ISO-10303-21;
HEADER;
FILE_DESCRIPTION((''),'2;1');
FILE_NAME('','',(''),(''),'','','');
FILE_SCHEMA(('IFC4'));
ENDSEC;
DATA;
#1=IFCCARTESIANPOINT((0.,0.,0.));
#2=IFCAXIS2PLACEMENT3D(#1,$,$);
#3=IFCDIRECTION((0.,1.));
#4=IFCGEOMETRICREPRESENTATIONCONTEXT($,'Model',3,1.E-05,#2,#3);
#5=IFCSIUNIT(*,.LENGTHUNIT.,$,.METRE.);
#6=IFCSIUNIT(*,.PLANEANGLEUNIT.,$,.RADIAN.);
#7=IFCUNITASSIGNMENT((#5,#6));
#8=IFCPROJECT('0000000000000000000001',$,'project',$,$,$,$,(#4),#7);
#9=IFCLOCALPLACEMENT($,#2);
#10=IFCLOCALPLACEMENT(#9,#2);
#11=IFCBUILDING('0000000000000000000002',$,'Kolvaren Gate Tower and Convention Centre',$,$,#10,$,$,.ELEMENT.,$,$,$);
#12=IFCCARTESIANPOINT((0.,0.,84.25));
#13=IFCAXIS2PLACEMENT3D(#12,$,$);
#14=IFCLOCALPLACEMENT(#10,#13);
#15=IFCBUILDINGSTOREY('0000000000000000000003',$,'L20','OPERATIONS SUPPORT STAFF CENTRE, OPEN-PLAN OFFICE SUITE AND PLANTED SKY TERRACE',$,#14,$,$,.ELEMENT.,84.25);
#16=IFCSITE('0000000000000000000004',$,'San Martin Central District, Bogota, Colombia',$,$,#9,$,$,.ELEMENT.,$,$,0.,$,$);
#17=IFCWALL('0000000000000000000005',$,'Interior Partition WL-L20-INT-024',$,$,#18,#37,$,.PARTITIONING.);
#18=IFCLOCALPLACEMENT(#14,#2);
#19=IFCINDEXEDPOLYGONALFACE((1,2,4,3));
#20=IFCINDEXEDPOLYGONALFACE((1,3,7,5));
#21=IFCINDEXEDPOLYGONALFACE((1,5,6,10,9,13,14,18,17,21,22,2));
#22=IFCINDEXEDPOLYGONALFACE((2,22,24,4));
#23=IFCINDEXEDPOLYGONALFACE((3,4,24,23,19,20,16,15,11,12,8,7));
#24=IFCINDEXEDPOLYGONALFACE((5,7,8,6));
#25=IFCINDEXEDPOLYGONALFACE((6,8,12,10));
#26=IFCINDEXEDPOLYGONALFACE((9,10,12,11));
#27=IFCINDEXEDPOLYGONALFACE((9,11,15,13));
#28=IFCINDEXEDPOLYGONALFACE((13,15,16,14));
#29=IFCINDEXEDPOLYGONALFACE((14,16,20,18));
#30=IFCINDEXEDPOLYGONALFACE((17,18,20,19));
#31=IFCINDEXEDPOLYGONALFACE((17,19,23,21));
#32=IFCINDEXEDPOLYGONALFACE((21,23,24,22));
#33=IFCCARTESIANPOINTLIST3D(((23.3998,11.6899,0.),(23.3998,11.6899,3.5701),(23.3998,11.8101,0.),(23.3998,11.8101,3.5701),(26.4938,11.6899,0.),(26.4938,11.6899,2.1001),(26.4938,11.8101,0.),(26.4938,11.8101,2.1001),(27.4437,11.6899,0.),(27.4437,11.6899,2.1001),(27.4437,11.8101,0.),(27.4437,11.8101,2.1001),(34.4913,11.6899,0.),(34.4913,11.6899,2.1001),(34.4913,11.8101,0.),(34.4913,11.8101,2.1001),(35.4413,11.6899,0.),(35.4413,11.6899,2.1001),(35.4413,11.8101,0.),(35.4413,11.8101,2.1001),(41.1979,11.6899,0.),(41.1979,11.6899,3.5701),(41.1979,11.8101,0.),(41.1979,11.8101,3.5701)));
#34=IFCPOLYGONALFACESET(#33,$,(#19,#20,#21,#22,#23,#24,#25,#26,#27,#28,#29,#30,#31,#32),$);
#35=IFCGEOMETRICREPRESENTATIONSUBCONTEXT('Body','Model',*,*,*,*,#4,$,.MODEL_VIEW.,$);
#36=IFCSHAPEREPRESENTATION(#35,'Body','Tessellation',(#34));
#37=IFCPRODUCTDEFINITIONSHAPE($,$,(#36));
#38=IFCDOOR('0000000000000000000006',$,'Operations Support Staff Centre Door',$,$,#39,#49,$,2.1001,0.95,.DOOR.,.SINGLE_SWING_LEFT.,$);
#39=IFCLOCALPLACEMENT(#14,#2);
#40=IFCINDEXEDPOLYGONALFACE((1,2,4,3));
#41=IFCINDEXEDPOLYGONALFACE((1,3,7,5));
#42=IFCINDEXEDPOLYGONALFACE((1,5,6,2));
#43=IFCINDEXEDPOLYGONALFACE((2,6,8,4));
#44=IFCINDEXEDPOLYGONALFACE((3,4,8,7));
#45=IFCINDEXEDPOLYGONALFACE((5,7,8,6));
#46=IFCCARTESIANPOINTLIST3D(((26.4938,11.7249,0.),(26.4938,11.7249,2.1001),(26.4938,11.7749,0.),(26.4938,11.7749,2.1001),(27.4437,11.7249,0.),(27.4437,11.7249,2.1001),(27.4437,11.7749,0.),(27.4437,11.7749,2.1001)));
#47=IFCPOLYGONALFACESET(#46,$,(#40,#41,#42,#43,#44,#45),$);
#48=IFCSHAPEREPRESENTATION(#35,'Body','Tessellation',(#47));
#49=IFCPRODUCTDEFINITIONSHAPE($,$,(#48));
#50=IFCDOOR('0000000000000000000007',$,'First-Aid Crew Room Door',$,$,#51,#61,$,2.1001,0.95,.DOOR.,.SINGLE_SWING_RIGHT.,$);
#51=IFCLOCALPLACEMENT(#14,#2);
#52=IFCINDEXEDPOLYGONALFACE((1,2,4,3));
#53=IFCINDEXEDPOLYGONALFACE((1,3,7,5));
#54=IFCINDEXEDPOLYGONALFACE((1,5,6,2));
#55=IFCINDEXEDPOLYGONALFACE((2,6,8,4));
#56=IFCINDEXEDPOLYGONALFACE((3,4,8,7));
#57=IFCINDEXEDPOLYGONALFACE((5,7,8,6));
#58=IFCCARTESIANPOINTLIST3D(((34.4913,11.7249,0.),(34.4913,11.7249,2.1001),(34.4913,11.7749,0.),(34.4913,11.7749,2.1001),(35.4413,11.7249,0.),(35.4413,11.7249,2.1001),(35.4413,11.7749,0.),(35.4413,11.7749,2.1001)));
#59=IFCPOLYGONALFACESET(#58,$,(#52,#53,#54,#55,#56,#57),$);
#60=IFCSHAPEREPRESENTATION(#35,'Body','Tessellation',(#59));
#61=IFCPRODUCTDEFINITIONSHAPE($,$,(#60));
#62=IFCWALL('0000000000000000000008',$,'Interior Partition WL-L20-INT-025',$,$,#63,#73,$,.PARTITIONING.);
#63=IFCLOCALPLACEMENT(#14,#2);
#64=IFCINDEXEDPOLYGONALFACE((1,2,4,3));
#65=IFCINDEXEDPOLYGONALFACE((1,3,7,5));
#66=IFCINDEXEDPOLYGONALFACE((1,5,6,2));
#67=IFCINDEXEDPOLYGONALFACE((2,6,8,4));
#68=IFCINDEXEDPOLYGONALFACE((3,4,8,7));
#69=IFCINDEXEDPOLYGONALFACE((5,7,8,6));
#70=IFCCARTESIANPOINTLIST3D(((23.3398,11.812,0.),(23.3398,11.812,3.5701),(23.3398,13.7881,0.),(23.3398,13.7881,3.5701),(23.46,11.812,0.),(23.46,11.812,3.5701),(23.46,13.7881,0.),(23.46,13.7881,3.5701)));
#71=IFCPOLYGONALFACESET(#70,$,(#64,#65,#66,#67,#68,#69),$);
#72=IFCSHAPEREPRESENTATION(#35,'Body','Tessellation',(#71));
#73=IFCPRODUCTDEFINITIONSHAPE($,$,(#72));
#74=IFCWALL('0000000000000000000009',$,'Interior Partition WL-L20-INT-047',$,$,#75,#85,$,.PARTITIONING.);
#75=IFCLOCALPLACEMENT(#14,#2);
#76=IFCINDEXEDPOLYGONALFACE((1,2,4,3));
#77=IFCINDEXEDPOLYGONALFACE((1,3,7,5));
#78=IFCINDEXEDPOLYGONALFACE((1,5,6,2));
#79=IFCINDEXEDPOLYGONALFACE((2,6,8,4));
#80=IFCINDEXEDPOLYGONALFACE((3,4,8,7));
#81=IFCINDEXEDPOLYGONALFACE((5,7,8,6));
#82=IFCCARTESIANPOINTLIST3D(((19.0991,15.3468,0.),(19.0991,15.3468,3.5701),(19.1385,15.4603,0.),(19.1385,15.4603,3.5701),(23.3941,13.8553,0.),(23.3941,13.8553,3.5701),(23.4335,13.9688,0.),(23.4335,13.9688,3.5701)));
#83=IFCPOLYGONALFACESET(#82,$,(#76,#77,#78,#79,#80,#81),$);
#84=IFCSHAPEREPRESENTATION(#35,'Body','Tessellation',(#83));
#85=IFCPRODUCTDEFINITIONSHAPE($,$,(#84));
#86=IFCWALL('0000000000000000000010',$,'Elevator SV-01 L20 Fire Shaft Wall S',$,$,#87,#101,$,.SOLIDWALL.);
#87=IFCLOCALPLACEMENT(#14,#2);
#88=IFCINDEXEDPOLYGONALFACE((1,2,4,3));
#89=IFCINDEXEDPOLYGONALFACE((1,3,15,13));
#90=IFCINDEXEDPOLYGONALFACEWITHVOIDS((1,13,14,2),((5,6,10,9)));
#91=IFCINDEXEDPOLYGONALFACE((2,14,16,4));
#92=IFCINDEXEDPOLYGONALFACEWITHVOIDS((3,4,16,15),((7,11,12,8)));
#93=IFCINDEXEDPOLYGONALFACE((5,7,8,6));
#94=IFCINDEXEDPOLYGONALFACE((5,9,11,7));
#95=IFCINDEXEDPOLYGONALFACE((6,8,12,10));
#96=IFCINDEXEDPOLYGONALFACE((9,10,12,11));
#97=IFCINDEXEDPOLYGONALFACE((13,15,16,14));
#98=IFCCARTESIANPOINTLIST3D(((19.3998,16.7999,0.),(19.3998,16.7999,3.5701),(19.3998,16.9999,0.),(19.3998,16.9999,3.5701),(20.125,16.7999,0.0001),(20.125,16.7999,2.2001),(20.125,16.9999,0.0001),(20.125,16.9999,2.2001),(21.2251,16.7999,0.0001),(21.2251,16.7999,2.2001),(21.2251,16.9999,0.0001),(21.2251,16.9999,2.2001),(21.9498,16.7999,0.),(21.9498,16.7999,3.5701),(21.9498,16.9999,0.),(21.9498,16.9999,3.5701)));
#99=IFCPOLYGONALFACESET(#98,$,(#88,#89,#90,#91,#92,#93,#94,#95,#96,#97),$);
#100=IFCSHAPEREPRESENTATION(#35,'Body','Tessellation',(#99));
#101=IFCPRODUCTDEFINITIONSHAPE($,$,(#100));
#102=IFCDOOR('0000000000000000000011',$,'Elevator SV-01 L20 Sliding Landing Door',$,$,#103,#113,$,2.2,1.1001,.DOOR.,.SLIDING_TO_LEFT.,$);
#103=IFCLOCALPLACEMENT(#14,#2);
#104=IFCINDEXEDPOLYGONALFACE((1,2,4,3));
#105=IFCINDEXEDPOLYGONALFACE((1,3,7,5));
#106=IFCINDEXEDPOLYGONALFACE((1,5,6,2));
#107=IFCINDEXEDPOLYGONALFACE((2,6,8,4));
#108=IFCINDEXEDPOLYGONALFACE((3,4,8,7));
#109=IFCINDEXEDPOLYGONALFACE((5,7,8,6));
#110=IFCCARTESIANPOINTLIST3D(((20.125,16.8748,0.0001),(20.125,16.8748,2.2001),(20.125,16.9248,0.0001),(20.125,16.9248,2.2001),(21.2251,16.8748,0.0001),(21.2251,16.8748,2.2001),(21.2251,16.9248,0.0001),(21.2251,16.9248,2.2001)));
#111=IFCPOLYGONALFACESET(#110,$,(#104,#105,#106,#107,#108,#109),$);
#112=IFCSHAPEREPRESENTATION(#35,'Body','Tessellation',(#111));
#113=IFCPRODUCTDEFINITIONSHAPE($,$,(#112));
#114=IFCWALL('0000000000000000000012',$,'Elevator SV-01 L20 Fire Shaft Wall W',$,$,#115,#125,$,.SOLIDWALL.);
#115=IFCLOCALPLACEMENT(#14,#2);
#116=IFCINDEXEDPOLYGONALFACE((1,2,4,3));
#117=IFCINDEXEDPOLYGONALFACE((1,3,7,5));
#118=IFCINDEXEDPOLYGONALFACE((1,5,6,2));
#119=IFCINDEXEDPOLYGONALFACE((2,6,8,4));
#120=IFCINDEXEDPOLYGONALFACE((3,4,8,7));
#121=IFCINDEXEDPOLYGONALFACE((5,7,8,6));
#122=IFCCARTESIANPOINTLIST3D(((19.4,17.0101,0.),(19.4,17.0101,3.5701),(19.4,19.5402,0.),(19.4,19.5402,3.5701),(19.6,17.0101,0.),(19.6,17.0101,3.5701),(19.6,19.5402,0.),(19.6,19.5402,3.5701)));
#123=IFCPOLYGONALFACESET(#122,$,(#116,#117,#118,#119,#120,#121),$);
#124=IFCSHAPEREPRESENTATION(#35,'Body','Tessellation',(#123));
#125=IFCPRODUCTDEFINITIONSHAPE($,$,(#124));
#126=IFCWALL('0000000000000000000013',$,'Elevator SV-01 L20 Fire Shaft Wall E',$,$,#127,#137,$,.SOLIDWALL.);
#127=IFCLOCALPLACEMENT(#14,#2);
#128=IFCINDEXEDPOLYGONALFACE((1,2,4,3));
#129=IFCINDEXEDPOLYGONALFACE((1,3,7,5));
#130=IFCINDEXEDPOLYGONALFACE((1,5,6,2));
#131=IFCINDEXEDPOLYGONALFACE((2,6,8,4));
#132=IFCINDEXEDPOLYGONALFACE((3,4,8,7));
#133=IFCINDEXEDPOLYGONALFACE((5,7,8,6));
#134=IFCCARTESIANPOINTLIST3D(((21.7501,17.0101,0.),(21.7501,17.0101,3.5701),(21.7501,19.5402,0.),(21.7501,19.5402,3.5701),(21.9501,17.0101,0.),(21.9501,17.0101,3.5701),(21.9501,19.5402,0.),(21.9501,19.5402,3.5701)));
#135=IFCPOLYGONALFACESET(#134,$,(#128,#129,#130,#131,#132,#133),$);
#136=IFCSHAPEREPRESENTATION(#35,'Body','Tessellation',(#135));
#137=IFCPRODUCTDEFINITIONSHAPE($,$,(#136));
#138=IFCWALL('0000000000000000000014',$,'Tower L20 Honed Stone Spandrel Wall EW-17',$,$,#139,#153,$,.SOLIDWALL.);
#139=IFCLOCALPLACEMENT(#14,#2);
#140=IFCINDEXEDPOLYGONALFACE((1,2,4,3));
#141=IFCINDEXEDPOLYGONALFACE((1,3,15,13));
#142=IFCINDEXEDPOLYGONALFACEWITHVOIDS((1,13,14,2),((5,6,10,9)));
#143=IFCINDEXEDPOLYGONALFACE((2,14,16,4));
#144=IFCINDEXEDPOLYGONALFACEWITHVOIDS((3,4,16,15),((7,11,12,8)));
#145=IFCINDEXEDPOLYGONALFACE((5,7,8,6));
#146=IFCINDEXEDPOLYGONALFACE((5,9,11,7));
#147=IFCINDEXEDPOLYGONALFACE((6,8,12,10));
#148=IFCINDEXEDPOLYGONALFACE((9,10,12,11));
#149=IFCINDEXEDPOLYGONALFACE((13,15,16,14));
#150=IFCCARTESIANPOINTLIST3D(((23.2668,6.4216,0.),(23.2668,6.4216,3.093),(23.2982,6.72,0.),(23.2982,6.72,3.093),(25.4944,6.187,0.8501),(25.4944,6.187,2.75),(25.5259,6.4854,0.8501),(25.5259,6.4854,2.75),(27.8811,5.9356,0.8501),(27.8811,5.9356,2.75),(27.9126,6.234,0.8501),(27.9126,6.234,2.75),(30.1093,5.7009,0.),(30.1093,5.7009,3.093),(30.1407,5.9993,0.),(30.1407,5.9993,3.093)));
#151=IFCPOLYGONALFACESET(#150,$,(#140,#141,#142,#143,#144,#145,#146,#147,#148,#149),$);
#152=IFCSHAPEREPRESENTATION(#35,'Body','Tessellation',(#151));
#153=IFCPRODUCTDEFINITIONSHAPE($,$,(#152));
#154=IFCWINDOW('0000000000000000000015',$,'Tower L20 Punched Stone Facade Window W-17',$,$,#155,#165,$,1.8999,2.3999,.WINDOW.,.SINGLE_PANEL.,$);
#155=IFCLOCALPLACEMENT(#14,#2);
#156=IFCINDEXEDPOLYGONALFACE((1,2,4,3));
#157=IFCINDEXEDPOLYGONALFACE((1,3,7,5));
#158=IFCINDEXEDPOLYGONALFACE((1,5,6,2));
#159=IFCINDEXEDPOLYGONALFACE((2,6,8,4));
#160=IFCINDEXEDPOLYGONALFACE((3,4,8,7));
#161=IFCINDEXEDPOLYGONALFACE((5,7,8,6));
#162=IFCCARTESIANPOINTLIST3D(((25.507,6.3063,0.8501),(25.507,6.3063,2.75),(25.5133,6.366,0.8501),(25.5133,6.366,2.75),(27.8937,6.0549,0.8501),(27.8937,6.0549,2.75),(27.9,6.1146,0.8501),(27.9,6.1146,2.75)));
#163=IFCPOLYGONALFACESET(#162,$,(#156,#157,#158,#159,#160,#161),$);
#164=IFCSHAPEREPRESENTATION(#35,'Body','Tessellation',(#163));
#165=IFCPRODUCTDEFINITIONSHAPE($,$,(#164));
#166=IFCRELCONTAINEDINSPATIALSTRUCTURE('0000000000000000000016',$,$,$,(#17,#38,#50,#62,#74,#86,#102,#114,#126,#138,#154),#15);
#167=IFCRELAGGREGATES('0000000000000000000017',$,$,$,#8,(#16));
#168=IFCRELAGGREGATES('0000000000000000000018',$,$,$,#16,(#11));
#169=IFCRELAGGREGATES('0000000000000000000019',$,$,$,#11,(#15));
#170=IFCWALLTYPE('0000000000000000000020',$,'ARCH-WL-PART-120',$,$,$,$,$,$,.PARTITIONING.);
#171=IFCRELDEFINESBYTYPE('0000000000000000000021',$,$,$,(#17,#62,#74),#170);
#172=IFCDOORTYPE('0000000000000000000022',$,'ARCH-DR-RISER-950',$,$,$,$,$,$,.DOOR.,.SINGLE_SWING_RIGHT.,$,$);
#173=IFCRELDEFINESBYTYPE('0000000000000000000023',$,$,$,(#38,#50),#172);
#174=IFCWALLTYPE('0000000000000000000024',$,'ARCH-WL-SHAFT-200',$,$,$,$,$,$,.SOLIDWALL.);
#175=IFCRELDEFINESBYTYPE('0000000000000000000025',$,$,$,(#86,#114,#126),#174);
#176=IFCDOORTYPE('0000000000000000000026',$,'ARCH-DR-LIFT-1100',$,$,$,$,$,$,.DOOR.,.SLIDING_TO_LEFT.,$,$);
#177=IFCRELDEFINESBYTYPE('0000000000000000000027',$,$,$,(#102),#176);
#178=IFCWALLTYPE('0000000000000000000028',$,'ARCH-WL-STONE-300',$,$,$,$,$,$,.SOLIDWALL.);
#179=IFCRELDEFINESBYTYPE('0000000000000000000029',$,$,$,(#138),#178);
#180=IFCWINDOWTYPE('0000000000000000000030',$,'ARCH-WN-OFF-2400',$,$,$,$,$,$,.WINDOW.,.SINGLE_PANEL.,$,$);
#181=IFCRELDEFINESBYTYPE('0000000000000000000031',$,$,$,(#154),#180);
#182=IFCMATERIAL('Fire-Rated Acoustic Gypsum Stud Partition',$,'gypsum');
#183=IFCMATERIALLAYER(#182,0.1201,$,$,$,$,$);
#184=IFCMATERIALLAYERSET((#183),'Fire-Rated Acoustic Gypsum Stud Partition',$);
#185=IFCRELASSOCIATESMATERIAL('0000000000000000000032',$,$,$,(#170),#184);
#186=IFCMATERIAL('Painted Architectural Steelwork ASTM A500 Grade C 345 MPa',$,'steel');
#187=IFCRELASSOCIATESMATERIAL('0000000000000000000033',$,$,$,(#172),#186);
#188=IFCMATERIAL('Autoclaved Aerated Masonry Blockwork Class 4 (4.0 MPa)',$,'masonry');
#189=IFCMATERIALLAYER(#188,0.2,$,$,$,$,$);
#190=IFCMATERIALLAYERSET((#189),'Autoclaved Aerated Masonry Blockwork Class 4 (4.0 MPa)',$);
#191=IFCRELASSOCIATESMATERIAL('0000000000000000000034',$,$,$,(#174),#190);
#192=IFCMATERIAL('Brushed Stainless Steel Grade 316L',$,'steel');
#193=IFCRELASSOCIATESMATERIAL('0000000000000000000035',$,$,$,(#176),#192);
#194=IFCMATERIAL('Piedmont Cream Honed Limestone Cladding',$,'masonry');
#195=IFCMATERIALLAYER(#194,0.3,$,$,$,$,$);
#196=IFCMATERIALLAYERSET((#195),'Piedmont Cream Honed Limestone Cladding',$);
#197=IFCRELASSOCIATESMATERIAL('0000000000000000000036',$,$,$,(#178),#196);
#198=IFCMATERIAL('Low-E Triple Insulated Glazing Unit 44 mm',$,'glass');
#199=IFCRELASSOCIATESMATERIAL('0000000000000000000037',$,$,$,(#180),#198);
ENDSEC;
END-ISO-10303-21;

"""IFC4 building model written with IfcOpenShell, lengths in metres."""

from ifc_helpers import new_model, si_unit, direction, frame, frame_2d, origin, place, context, subcontext, project, spatial, rectangle, extrude, material, layer, layer_set, type_object, element, fill, save


model = new_model("IFC4")

# Units and contexts
model_context = context("Model", 3, precision=1e-05, world=origin(), true_north=direction((0.0, 1.0)))
body_context = subcontext(model_context, "Body", "Model", "MODEL_VIEW")
ifc_project = project(units=[si_unit("LENGTHUNIT", "METRE"), si_unit("PLANEANGLEUNIT", "RADIAN")], contexts=[model_context])

# Site, building, storey
site_placement = place(None, origin())
site = spatial("IfcSite", under=ifc_project, at=site_placement, Name="San Martin Central District, Bogota, Colombia", CompositionType="ELEMENT", RefElevation=0.0)
building_placement = place(site_placement, origin())
building = spatial("IfcBuilding", under=site, at=building_placement, Name="Kolvaren Gate Tower and Convention Centre", CompositionType="ELEMENT")
storey_placement = place(building_placement, frame((0.0, 0.0, 84.25)))
storey = spatial("IfcBuildingStorey", under=building, at=storey_placement, Name="L20", Description="OPERATIONS SUPPORT STAFF CENTRE, OPEN-PLAN OFFICE SUITE AND PLANTED SKY TERRACE", CompositionType="ELEMENT", Elevation=84.25)

# Shared definitions
ifc_material_1 = material(Name="Fire-Rated Acoustic Gypsum Stud Partition", Category="gypsum")
ifc_layer_1 = layer(ifc_material_1, 0.1201)
ifc_layer_set_1 = layer_set([ifc_layer_1], Name="Fire-Rated Acoustic Gypsum Stud Partition")
wall_type_1 = type_object("IfcWallType", Name="ARCH-WL-PART-120", PredefinedType="PARTITIONING", material=ifc_layer_set_1)

# Wall, openings, doors
wall_1_placement = place(storey_placement, frame((23.3999, 11.75, 0.0), z_axis=(0.0, 0.0, 1.0), x_axis=(1.0, 0.0, 0.0)))
wall_1 = element("IfcWall", 1, at=wall_1_placement, inside=storey, type_object=wall_type_1, Name="Interior Partition WL-L20-INT-024", PredefinedType="PARTITIONING", context=body_context, shape_type="SweptSolid", body=[
    extrude(rectangle(XDim=17.7981, YDim=0.1201, at=frame_2d((8.8989, 0.0))), origin(), (0.0, 0.0, 1.0), 3.5701),
])
opening_1_placement = place(wall_1_placement, frame((3.0938, 0.0, 0.0)))
opening_1 = element("IfcOpeningElement", 2, at=opening_1_placement, cuts=wall_1, PredefinedType="OPENING", context=body_context, shape_type="SweptSolid", body=[
    extrude(rectangle(XDim=0.95, YDim=2.1001, at=frame_2d((0.4751, 1.05))), frame((0.0, 0.0701, 0.0), z_axis=(0.0, -1.0, 0.0), x_axis=(1.0, 0.0, 0.0)), (0.0, 0.0, 1.0), 0.1401),
])
opening_2_placement = place(wall_1_placement, frame((11.0913, 0.0, 0.0)))
opening_2 = element("IfcOpeningElement", 3, at=opening_2_placement, cuts=wall_1, PredefinedType="OPENING", context=body_context, shape_type="SweptSolid", body=[
    extrude(rectangle(XDim=0.95, YDim=2.1001, at=frame_2d((0.4751, 1.05))), frame((0.0, 0.0701, 0.0), z_axis=(0.0, -1.0, 0.0), x_axis=(1.0, 0.0, 0.0)), (0.0, 0.0, 1.0), 0.1401),
])
ifc_material_2 = material(Name="Painted Architectural Steelwork ASTM A500 Grade C 345 MPa", Category="steel")
door_type_1 = type_object("IfcDoorType", Name="ARCH-DR-RISER-950", OperationType="SINGLE_SWING_RIGHT", PredefinedType="DOOR", material=ifc_material_2)
door_1_placement = place(opening_1_placement, origin())
door_1 = element("IfcDoor", 4, at=door_1_placement, inside=storey, type_object=door_type_1, Name="Operations Support Staff Centre Door", OperationType="SINGLE_SWING_LEFT", OverallHeight=2.1001, OverallWidth=0.95, PredefinedType="DOOR", context=body_context, shape_type="SweptSolid", body=[
    extrude(rectangle(XDim=0.95, YDim=2.1001, at=frame_2d((0.4751, 1.05))), frame((0.0, 0.0249, 0.0), z_axis=(0.0, -1.0, 0.0), x_axis=(1.0, 0.0, 0.0)), (0.0, 0.0, 1.0), 0.05),
])
fill(opening_1, door_1)
door_2_placement = place(opening_2_placement, origin())
door_2 = element("IfcDoor", 5, at=door_2_placement, inside=storey, type_object=door_type_1, Name="First-Aid Crew Room Door", OperationType="SINGLE_SWING_RIGHT", OverallHeight=2.1001, OverallWidth=0.95, PredefinedType="DOOR", context=body_context, shape_type="SweptSolid", body=[
    extrude(rectangle(XDim=0.95, YDim=2.1001, at=frame_2d((0.4751, 1.05))), frame((0.0, 0.0249, 0.0), z_axis=(0.0, -1.0, 0.0), x_axis=(1.0, 0.0, 0.0)), (0.0, 0.0, 1.0), 0.05),
])
fill(opening_2, door_2)

# Walls
wall_2_placement = place(storey_placement, frame((23.3999, 11.812, 0.0), z_axis=(0.0, 0.0, 1.0), x_axis=(0.0, 1.0, 0.0)))
element("IfcWall", 6, at=wall_2_placement, inside=storey, type_object=wall_type_1, Name="Interior Partition WL-L20-INT-025", PredefinedType="PARTITIONING", context=body_context, shape_type="SweptSolid", body=[
    extrude(rectangle(XDim=1.9761, YDim=0.1201, at=frame_2d((0.988, 0.0))), origin(), (0.0, 0.0, 1.0), 3.5701),
])
wall_3_placement = place(storey_placement, frame((19.1187, 15.4036, 0.0), z_axis=(0.0, 0.0, 1.0), x_axis=(0.944663, -0.328044, 0.0)))
element("IfcWall", 7, at=wall_3_placement, inside=storey, type_object=wall_type_1, Name="Interior Partition WL-L20-INT-047", PredefinedType="PARTITIONING", context=body_context, shape_type="SweptSolid", body=[
    extrude(rectangle(XDim=4.5466, YDim=0.1201, at=frame_2d((2.2734, 0.0))), origin(), (0.0, 0.0, 1.0), 3.5701),
])

# Wall, opening, door
ifc_material_3 = material(Name="Autoclaved Aerated Masonry Blockwork Class 4 (4.0 MPa)", Category="masonry")
ifc_layer_2 = layer(ifc_material_3, 0.2)
ifc_layer_set_2 = layer_set([ifc_layer_2], Name="Autoclaved Aerated Masonry Blockwork Class 4 (4.0 MPa)")
wall_type_2 = type_object("IfcWallType", Name="ARCH-WL-SHAFT-200", PredefinedType="SOLIDWALL", material=ifc_layer_set_2)
wall_4_placement = place(storey_placement, frame((19.3999, 16.8999, 0.0), z_axis=(0.0, 0.0, 1.0), x_axis=(1.0, 0.0, 0.0)))
wall_4 = element("IfcWall", 8, at=wall_4_placement, inside=storey, type_object=wall_type_2, Name="Elevator SV-01 L20 Fire Shaft Wall S", PredefinedType="SOLIDWALL", context=body_context, shape_type="SweptSolid", body=[
    extrude(rectangle(XDim=2.55, YDim=0.2, at=frame_2d((1.2749, 0.0))), origin(), (0.0, 0.0, 1.0), 3.5701),
])
opening_3_placement = place(wall_4_placement, frame((0.7251, 0.0, 0.0)))
opening_3 = element("IfcOpeningElement", 9, at=opening_3_placement, cuts=wall_4, PredefinedType="OPENING", context=body_context, shape_type="SweptSolid", body=[
    extrude(rectangle(XDim=1.1001, YDim=2.2, at=frame_2d((0.55, 1.1001))), frame((0.0, 0.1099, 0.0), z_axis=(0.0, -1.0, 0.0), x_axis=(1.0, 0.0, 0.0)), (0.0, 0.0, 1.0), 0.22),
])
ifc_material_4 = material(Name="Brushed Stainless Steel Grade 316L", Category="steel")
door_type_2 = type_object("IfcDoorType", Name="ARCH-DR-LIFT-1100", OperationType="SLIDING_TO_LEFT", PredefinedType="DOOR", material=ifc_material_4)
door_3_placement = place(opening_3_placement, origin())
door_3 = element("IfcDoor", 10, at=door_3_placement, inside=storey, type_object=door_type_2, Name="Elevator SV-01 L20 Sliding Landing Door", OperationType="SLIDING_TO_LEFT", OverallHeight=2.2, OverallWidth=1.1001, PredefinedType="DOOR", context=body_context, shape_type="SweptSolid", body=[
    extrude(rectangle(XDim=1.1001, YDim=2.2, at=frame_2d((0.55, 1.1001))), frame((0.0, 0.0249, 0.0), z_axis=(0.0, -1.0, 0.0), x_axis=(1.0, 0.0, 0.0)), (0.0, 0.0, 1.0), 0.05),
])
fill(opening_3, door_3)

# Walls
for number, where, z_axis, x_axis, name in (
    (11, (19.5, 17.01, 0.0), (0.0, 0.0, 1.0), (0.0, 1.0, 0.0), "Elevator SV-01 L20 Fire Shaft Wall W"),
    (12, (21.8501, 17.01, 0.0), (0.0, 0.0, 1.0), (0.0, 1.0, 0.0), "Elevator SV-01 L20 Fire Shaft Wall E"),
):
    element("IfcWall", number, at=place(storey_placement, frame(where, z_axis=z_axis, x_axis=x_axis)), inside=storey, type_object=wall_type_2, Name=name, PredefinedType="SOLIDWALL", context=body_context, shape_type="SweptSolid", body=[
        extrude(rectangle(XDim=2.53, YDim=0.2, at=frame_2d((1.2651, 0.0))), origin(), (0.0, 0.0, 1.0), 3.5701),
    ])

# Wall, opening, window
ifc_material_5 = material(Name="Piedmont Cream Honed Limestone Cladding", Category="masonry")
ifc_layer_3 = layer(ifc_material_5, 0.3)
ifc_layer_set_3 = layer_set([ifc_layer_3], Name="Piedmont Cream Honed Limestone Cladding")
wall_type_3 = type_object("IfcWallType", Name="ARCH-WL-STONE-300", PredefinedType="SOLIDWALL", material=ifc_layer_set_3)
wall_5_placement = place(storey_placement, frame((23.2825, 6.5708, 0.0), z_axis=(0.0, 0.0, 1.0), x_axis=(0.994499, -0.104748, 0.0)))
wall_5 = element("IfcWall", 13, at=wall_5_placement, inside=storey, type_object=wall_type_3, Name="Tower L20 Honed Stone Spandrel Wall EW-17", PredefinedType="SOLIDWALL", context=body_context, shape_type="SweptSolid", body=[
    extrude(rectangle(XDim=6.8804, YDim=0.3, at=frame_2d((3.4402, 0.0))), origin(), (0.0, 0.0, 1.0), 3.093),
])
opening_4_placement = place(wall_5_placement, frame((2.24, 0.0, 0.8501)))
opening_4 = element("IfcOpeningElement", 14, at=opening_4_placement, cuts=wall_5, PredefinedType="OPENING", context=body_context, shape_type="SweptSolid", body=[
    extrude(rectangle(XDim=2.3999, YDim=1.8999, at=frame_2d((1.2, 0.95))), frame((0.0, 0.1599, 0.0), z_axis=(0.0, -1.0, 0.0), x_axis=(1.0, 0.0, 0.0)), (0.0, 0.0, 1.0), 0.3201),
])
ifc_material_6 = material(Name="Low-E Triple Insulated Glazing Unit 44 mm", Category="glass")
window_type = type_object("IfcWindowType", Name="ARCH-WN-OFF-2400", PartitioningType="SINGLE_PANEL", PredefinedType="WINDOW", material=ifc_material_6)
window_placement = place(opening_4_placement, origin())
window = element("IfcWindow", 15, at=window_placement, inside=storey, type_object=window_type, Name="Tower L20 Punched Stone Facade Window W-17", OverallHeight=1.8999, OverallWidth=2.3999, PartitioningType="SINGLE_PANEL", PredefinedType="WINDOW", context=body_context, shape_type="SweptSolid", body=[
    extrude(rectangle(XDim=2.3999, YDim=1.8999, at=frame_2d((1.2, 0.95))), frame((0.0, 0.03, 0.0), z_axis=(0.0, -1.0, 0.0), x_axis=(1.0, 0.0, 0.0)), (0.0, 0.0, 1.0), 0.0601),
])
fill(opening_4, window)

save(model, "model.ifc")
